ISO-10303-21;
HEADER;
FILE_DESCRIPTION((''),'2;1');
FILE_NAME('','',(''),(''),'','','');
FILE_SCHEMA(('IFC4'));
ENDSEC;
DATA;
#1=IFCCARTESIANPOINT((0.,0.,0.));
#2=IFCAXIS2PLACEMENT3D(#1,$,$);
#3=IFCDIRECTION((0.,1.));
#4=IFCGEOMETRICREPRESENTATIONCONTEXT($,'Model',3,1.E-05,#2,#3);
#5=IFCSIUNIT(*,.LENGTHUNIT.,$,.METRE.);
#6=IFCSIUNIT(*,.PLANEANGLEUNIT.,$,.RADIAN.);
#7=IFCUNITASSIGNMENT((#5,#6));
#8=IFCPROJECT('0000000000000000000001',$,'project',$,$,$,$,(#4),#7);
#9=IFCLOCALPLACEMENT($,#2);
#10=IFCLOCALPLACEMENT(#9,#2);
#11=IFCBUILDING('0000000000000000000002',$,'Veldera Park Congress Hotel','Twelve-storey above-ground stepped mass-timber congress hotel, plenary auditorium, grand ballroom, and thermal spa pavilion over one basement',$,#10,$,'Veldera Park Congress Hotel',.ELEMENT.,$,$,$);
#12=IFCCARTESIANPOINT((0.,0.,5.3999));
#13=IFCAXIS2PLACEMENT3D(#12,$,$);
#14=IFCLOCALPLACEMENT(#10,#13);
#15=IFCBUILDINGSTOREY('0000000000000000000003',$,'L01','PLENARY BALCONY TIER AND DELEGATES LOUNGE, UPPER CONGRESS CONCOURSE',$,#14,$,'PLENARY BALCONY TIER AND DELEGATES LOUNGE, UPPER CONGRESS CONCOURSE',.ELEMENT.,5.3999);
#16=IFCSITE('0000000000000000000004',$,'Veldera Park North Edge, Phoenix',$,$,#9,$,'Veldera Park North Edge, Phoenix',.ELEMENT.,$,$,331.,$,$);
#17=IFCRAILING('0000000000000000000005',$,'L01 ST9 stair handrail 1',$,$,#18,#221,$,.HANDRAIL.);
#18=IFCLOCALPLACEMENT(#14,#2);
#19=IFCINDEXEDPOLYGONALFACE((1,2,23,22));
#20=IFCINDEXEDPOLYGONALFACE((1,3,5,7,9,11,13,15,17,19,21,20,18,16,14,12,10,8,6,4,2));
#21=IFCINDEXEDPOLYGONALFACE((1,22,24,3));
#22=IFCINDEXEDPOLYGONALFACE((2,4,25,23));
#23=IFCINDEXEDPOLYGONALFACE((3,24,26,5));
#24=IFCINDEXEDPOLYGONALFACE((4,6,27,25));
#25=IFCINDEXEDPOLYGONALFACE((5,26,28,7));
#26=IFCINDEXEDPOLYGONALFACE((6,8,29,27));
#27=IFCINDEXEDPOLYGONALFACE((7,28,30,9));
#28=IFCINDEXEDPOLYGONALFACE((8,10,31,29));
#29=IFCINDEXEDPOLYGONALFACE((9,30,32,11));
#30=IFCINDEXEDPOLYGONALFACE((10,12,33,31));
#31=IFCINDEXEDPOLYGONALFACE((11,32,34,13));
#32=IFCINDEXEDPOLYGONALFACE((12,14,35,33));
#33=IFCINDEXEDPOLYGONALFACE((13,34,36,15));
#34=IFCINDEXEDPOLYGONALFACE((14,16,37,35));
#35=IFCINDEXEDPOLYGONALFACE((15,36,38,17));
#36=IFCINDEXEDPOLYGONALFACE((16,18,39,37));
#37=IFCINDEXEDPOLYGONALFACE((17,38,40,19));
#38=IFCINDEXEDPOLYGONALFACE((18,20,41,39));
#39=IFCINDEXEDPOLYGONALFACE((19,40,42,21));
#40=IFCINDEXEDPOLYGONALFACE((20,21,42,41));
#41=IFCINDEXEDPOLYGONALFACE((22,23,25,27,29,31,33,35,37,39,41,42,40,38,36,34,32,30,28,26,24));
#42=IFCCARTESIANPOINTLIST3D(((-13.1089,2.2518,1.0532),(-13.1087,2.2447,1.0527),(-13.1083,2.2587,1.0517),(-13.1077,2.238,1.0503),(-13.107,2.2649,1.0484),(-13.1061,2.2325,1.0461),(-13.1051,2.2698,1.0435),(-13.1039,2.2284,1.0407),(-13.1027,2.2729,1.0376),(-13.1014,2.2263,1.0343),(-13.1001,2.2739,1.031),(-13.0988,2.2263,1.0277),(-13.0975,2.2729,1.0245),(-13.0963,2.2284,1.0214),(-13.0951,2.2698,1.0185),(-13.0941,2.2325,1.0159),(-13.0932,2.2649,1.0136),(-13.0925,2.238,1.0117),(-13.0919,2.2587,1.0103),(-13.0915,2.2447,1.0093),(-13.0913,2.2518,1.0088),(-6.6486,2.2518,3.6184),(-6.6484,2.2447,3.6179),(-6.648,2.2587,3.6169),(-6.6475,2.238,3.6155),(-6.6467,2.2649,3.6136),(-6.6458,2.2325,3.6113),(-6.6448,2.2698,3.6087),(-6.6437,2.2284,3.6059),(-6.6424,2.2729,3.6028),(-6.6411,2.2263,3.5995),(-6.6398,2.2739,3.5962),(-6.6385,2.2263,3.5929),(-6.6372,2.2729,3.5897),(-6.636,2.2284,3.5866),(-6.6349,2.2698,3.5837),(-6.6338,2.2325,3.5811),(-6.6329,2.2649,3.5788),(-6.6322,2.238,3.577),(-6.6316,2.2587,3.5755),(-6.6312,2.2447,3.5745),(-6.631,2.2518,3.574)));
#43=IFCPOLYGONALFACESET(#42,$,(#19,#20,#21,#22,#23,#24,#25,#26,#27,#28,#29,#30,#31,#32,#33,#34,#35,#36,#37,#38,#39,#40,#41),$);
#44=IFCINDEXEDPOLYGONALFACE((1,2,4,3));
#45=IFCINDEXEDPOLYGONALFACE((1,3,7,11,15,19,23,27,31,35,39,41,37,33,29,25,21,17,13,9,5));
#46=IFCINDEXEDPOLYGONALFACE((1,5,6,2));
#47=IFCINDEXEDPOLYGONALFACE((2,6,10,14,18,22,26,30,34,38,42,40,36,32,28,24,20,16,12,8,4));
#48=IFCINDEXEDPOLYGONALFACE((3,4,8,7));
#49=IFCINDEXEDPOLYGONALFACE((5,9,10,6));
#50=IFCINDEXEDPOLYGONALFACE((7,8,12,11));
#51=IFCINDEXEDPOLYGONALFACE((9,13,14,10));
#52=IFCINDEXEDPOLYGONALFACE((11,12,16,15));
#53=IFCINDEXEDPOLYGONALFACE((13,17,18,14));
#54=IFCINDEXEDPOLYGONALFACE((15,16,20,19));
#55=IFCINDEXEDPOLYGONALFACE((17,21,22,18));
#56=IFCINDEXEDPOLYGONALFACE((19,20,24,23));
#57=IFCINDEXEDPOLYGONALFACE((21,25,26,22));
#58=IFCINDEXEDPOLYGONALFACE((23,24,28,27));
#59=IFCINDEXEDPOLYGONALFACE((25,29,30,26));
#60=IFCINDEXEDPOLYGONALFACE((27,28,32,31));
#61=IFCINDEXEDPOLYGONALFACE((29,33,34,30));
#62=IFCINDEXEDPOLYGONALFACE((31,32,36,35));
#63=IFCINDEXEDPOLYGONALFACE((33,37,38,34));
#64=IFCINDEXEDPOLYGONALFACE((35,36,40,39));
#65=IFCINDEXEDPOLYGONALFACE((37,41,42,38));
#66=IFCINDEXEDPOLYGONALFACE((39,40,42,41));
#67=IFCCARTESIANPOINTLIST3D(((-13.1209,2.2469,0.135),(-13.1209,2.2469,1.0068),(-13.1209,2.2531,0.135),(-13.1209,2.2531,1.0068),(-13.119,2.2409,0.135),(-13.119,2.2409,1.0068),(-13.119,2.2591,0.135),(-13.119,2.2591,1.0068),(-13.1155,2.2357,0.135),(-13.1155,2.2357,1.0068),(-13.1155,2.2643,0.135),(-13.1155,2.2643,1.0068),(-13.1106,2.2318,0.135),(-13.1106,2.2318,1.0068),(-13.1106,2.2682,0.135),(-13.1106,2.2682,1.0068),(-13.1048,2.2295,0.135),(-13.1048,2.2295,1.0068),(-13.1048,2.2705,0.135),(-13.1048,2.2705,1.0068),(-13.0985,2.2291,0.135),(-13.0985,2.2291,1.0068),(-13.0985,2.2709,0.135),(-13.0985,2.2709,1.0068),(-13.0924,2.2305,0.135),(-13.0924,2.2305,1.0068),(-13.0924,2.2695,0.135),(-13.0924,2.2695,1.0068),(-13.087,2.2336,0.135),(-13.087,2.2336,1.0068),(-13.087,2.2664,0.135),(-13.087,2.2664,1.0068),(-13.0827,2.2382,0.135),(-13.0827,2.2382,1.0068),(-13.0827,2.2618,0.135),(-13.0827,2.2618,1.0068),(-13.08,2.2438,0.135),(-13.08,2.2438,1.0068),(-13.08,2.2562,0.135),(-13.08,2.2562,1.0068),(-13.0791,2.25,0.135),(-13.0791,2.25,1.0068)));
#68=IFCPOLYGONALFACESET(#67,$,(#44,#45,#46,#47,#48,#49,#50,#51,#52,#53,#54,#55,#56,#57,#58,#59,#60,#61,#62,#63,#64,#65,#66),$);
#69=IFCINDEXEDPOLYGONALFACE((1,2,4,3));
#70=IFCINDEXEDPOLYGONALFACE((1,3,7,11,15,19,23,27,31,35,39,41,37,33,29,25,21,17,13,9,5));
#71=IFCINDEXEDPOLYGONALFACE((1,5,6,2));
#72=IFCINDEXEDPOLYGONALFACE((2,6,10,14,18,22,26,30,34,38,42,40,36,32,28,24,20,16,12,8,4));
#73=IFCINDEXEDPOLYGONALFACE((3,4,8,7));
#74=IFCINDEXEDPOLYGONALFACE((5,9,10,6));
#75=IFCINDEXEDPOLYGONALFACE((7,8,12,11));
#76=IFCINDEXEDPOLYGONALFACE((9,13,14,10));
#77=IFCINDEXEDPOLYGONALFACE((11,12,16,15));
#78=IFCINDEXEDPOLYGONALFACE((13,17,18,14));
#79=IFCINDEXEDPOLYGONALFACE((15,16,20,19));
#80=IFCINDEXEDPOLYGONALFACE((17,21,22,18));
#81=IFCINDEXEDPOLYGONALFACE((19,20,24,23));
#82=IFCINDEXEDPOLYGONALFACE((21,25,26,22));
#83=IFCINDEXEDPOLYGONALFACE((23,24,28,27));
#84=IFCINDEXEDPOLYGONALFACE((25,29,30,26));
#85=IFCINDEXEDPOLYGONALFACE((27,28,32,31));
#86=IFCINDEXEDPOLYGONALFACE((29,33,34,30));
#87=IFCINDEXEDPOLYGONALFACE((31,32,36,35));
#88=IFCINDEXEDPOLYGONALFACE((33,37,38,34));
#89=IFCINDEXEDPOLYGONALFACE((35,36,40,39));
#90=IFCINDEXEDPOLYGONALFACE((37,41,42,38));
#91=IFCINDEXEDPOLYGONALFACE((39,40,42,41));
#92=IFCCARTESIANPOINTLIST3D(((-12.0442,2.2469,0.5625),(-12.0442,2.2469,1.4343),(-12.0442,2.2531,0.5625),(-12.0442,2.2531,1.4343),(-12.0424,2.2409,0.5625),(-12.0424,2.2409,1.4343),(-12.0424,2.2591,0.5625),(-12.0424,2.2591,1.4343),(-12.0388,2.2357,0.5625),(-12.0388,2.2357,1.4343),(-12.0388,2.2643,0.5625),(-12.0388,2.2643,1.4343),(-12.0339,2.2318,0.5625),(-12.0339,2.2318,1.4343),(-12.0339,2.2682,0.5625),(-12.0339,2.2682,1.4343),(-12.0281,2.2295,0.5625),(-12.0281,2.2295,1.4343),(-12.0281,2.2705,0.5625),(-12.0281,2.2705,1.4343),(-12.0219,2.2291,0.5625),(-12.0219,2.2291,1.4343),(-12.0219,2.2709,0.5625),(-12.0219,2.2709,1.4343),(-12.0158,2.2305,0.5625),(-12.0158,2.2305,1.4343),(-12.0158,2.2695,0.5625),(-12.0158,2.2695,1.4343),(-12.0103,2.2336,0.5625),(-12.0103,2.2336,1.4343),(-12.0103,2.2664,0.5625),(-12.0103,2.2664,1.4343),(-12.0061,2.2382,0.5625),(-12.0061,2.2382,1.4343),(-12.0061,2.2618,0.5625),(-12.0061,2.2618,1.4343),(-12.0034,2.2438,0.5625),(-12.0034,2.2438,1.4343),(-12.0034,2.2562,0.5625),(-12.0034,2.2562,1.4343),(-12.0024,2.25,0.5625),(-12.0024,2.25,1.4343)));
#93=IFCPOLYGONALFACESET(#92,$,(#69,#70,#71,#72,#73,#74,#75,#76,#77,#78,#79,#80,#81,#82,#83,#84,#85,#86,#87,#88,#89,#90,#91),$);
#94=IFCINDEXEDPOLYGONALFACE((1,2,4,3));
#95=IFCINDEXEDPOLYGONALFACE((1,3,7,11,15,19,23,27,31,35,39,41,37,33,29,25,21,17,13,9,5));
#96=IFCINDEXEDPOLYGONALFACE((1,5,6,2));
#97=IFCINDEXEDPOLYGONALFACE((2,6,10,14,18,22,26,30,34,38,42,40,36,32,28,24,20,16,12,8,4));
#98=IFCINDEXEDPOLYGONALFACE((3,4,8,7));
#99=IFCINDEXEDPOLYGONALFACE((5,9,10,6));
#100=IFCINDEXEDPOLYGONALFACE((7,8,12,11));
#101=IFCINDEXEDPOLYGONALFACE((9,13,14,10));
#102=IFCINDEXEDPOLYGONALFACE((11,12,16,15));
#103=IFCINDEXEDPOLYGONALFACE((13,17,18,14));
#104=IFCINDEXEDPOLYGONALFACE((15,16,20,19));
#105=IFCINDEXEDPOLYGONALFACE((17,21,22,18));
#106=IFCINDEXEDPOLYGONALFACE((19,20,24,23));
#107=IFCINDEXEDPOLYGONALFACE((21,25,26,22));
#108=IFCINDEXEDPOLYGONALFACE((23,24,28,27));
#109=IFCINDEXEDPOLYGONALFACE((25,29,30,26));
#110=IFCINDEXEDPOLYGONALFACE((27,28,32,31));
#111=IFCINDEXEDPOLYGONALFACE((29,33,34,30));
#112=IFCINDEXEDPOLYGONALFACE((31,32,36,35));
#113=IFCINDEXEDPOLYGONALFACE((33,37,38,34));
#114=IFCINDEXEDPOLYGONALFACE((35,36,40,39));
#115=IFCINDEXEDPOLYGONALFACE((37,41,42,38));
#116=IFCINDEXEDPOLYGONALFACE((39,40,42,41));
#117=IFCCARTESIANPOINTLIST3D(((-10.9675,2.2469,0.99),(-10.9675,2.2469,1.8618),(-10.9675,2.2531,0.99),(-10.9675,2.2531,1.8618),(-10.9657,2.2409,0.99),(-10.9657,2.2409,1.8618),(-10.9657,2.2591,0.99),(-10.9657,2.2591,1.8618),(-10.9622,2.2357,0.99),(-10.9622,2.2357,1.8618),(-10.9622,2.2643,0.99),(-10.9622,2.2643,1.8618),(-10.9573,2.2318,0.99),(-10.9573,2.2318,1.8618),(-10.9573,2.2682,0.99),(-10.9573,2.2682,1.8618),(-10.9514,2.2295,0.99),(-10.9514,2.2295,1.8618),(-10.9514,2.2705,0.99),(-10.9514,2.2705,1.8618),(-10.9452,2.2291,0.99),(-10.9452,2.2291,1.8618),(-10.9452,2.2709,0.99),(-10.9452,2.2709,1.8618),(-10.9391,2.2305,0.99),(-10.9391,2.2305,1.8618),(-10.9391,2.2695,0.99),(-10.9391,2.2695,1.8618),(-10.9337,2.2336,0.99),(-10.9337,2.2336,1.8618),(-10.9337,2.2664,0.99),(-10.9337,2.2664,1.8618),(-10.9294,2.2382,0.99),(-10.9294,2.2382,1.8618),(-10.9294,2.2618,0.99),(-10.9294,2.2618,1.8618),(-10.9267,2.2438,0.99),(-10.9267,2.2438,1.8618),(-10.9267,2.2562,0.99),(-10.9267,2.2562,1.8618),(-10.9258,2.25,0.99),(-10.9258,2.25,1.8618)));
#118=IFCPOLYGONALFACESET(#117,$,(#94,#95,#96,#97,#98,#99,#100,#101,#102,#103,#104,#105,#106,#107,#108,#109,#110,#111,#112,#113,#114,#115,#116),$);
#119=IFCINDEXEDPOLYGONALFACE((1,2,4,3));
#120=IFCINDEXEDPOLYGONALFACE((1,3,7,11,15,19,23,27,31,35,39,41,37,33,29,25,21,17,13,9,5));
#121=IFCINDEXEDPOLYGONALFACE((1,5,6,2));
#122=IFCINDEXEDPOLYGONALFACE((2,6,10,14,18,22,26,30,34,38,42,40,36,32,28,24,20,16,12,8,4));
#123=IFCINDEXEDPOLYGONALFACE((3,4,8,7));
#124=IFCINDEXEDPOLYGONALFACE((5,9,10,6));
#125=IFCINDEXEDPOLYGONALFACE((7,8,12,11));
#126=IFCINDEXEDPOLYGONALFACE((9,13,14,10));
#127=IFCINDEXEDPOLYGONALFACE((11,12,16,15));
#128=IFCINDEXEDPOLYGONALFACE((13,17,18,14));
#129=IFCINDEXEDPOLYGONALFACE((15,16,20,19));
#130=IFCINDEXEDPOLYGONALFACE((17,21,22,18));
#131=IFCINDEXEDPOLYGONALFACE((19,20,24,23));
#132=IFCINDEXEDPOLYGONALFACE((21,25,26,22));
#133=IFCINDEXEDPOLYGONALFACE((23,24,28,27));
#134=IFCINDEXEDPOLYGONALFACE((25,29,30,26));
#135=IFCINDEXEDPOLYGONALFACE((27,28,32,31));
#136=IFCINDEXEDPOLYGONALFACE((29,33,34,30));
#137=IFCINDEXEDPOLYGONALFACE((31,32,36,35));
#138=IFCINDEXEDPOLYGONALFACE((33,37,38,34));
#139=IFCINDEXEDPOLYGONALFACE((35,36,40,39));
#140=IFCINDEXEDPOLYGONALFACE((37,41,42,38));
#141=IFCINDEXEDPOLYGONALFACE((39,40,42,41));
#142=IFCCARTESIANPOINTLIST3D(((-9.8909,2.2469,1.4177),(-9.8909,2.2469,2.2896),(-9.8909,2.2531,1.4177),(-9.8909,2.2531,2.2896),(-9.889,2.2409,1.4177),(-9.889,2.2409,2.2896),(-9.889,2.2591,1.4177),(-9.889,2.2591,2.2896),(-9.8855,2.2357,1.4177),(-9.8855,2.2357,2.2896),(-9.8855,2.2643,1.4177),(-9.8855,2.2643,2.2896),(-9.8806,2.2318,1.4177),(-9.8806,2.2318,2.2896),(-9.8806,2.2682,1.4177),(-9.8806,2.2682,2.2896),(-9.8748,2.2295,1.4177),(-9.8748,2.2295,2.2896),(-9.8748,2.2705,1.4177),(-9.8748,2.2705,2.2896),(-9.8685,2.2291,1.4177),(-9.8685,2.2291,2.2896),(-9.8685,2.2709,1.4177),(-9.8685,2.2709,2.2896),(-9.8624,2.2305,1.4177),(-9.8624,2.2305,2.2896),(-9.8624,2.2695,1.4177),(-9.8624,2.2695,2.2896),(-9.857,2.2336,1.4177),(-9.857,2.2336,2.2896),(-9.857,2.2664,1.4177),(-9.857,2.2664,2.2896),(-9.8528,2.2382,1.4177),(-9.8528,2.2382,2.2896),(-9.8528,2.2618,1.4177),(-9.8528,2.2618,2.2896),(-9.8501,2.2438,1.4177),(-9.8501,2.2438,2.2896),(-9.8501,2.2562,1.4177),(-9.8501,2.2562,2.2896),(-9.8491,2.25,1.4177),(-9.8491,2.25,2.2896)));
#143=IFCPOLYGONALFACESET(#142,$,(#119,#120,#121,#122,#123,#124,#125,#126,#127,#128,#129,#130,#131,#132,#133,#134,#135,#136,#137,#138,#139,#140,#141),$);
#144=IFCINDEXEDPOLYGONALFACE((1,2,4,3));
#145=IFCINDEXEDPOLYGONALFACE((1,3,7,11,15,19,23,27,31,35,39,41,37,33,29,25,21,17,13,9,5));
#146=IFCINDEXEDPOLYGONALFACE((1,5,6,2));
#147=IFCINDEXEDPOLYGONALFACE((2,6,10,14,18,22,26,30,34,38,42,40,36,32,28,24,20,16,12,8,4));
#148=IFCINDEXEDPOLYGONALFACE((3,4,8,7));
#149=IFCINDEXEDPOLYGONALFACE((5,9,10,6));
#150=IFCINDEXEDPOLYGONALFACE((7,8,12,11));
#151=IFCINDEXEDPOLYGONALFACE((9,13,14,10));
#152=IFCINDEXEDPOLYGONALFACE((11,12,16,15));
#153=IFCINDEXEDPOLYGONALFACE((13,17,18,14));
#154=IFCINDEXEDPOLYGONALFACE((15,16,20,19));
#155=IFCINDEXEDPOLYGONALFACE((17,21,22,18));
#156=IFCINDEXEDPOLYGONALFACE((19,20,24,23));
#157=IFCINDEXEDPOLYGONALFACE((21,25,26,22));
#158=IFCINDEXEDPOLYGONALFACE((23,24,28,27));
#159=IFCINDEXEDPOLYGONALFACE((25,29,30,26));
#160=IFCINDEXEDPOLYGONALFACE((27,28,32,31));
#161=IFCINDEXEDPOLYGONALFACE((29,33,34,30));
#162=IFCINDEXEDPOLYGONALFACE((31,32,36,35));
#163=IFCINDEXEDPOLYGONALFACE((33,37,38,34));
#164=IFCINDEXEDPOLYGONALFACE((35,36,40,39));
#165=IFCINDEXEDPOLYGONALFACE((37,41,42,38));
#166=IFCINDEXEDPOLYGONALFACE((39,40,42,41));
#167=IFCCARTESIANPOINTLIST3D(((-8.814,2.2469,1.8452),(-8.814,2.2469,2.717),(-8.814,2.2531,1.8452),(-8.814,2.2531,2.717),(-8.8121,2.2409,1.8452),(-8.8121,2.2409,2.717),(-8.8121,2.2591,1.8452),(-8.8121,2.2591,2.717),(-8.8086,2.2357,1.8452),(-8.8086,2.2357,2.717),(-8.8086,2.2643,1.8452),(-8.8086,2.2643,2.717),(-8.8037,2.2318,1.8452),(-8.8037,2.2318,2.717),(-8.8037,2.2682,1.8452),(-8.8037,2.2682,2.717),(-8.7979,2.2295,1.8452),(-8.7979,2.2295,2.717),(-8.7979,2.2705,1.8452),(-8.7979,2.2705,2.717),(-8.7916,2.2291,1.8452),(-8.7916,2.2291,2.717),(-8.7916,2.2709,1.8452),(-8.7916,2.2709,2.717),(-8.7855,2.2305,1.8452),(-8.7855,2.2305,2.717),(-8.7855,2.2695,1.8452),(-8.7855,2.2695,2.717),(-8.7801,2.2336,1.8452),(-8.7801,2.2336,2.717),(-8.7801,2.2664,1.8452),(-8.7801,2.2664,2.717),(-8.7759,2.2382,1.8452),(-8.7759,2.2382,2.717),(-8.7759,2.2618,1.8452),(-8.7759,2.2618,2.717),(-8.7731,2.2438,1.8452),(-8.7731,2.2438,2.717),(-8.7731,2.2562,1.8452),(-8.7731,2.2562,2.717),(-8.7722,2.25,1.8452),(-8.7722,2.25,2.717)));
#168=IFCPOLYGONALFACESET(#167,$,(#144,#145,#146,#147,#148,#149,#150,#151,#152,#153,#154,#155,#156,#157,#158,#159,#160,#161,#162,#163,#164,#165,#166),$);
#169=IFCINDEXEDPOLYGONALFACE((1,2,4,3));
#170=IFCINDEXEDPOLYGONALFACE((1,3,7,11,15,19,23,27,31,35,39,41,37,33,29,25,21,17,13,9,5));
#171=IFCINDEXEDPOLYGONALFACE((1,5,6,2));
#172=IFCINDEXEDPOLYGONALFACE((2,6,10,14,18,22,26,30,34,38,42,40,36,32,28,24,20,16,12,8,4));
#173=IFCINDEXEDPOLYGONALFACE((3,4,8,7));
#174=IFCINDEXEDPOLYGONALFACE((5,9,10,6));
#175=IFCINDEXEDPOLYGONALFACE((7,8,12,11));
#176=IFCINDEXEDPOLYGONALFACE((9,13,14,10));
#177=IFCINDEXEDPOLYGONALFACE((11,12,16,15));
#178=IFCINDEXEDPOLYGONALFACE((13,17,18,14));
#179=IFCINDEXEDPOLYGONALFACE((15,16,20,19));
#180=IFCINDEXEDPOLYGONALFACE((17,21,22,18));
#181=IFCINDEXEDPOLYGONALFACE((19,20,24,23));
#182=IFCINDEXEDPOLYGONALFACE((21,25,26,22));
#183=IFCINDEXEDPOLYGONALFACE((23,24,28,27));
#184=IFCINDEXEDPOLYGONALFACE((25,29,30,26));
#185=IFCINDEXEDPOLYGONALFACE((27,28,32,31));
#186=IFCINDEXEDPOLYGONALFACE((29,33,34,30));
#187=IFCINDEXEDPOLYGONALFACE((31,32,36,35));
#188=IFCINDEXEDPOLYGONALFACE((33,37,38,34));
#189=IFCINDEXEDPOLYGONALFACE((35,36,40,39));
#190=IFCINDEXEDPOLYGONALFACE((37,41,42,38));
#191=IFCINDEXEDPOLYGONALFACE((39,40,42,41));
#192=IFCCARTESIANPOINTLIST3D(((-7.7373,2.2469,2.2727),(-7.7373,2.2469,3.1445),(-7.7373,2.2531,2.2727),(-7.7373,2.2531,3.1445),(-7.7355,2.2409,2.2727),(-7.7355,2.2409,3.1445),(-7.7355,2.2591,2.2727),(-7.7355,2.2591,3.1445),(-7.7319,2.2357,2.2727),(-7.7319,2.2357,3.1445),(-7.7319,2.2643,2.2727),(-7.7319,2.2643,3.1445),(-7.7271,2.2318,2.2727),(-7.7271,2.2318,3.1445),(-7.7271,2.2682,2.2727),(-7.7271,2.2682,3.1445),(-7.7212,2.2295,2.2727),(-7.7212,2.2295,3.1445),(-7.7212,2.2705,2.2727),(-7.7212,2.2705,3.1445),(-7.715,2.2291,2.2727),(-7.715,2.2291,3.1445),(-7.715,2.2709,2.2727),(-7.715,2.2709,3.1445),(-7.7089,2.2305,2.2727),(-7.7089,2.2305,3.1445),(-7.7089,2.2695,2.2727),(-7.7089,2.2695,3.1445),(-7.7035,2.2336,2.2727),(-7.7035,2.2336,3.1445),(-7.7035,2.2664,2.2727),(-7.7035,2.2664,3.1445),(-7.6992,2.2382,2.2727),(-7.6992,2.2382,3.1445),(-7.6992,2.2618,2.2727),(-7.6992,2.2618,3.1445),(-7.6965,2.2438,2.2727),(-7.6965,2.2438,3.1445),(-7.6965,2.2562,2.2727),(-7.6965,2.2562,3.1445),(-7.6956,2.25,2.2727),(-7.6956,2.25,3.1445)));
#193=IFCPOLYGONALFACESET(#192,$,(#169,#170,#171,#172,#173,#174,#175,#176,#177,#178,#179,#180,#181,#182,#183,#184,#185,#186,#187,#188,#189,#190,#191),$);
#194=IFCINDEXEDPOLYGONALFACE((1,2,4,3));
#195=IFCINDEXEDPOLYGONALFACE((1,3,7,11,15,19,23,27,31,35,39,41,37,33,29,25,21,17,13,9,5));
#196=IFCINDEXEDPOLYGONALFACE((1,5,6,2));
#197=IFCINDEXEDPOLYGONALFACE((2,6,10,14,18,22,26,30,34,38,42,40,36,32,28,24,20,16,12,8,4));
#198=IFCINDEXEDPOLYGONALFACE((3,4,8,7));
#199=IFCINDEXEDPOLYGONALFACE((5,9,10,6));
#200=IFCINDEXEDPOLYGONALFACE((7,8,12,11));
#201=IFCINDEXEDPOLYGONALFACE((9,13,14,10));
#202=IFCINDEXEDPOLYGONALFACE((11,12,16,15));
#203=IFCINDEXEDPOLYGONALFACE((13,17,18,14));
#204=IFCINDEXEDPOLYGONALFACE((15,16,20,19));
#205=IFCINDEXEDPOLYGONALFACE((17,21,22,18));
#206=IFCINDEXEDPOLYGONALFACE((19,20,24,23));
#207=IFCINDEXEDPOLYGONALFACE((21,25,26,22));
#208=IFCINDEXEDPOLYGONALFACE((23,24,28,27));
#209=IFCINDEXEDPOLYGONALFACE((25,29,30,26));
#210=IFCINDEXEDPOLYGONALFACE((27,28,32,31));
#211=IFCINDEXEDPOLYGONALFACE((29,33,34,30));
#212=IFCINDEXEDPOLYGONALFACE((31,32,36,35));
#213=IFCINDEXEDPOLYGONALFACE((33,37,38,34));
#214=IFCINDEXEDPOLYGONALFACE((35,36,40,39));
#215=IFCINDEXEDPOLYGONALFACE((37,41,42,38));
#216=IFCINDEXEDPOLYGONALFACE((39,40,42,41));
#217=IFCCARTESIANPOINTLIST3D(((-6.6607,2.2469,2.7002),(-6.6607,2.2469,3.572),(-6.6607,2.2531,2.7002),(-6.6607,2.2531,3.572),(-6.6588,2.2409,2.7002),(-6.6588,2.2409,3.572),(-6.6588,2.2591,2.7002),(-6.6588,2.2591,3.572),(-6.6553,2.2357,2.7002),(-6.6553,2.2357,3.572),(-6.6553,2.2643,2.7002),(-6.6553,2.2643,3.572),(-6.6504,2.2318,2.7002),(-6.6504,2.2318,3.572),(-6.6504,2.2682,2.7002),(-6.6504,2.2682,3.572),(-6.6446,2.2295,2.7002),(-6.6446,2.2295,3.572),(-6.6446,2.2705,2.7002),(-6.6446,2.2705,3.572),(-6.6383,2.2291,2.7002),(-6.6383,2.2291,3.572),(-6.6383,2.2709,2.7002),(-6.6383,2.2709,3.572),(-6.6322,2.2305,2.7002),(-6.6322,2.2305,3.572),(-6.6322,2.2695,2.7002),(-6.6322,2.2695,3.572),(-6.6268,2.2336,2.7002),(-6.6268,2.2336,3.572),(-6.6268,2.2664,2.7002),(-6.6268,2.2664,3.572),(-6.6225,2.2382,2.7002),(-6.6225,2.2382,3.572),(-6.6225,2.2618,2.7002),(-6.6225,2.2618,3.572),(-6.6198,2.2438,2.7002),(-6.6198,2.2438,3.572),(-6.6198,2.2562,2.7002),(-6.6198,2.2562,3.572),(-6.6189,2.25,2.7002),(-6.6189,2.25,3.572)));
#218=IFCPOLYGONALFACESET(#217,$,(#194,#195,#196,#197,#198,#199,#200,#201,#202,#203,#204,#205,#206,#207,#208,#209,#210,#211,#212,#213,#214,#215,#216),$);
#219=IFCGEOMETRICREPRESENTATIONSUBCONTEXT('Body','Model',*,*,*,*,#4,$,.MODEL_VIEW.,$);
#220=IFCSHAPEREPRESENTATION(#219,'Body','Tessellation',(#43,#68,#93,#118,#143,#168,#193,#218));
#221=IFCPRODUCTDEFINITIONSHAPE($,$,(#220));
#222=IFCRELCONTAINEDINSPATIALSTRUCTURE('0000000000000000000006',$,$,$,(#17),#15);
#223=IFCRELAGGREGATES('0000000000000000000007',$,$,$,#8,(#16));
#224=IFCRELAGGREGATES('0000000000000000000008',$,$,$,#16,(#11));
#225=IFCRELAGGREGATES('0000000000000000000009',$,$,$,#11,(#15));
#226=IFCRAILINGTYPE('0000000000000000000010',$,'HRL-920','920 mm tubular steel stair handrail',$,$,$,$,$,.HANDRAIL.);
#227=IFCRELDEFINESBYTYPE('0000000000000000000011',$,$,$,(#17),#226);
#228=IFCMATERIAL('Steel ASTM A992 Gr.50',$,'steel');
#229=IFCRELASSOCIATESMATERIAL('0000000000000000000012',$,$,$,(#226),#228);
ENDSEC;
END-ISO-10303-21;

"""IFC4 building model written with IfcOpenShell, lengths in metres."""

from ifc_helpers import new_model, si_unit, direction, frame, origin, origin_2d, place, context, subcontext, project, spatial, circle, extrude, material, type_object, element, save


model = new_model("IFC4")

# Units and contexts
model_context = context("Model", 3, precision=1e-05, world=origin(), true_north=direction((0.0, 1.0)))
body_context = subcontext(model_context, "Body", "Model", "MODEL_VIEW")
ifc_project = project(units=[si_unit("LENGTHUNIT", "METRE"), si_unit("PLANEANGLEUNIT", "RADIAN")], contexts=[model_context])

# Site, building, storey
site_placement = place(None, origin())
site = spatial("IfcSite", under=ifc_project, at=site_placement, Name="Veldera Park North Edge, Phoenix", LongName="Veldera Park North Edge, Phoenix", CompositionType="ELEMENT", RefElevation=331.0)
building_placement = place(site_placement, origin())
building = spatial("IfcBuilding", under=site, at=building_placement, Name="Veldera Park Congress Hotel", Description="Twelve-storey above-ground stepped mass-timber congress hotel, plenary auditorium, grand ballroom, and thermal spa pavilion over one basement", LongName="Veldera Park Congress Hotel", CompositionType="ELEMENT")
storey_placement = place(building_placement, frame((0.0, 0.0, 5.3999)))
storey = spatial("IfcBuildingStorey", under=building, at=storey_placement, Name="L01", Description="PLENARY BALCONY TIER AND DELEGATES LOUNGE, UPPER CONGRESS CONCOURSE", LongName="PLENARY BALCONY TIER AND DELEGATES LOUNGE, UPPER CONGRESS CONCOURSE", CompositionType="ELEMENT", Elevation=5.3999)

# Shared definitions
ifc_material_1 = material(Name="Steel ASTM A992 Gr.50", Category="steel")

# Railing
railing_type_1 = type_object("IfcRailingType", Name="HRL-920", Description="920 mm tubular steel stair handrail", PredefinedType="HANDRAIL", material=ifc_material_1)
railing_1_placement = place(storey_placement, frame((-13.1001, 2.25, 0.135)))
element("IfcRailing", 1, at=railing_1_placement, inside=storey, type_object=railing_type_1, Name="L01 ST9 stair handrail 1", PredefinedType="HANDRAIL", context=body_context, shape_type="SweptSolid", body=[
    extrude(circle(Radius=0.0239, at=origin_2d()), frame((0.0, 0.0, 0.896), z_axis=(0.929411, 0.0, 0.369046), x_axis=(0.0, 1.0, 0.0)), (0.0, 0.0, 1.0), 6.9509),
    extrude(circle(Radius=0.021, at=origin_2d()), origin(), (0.0, 0.0, 1.0), 0.8718),
    extrude(circle(Radius=0.021, at=origin_2d()), frame((1.0767, 0.0, 0.4275)), (0.0, 0.0, 1.0), 0.8718),
    extrude(circle(Radius=0.021, at=origin_2d()), frame((2.1533, 0.0, 0.855)), (0.0, 0.0, 1.0), 0.8718),
    extrude(circle(Radius=0.021, at=origin_2d()), frame((3.23, 0.0, 1.2827)), (0.0, 0.0, 1.0), 0.8718),
    extrude(circle(Radius=0.021, at=origin_2d()), frame((4.3069, 0.0, 1.7102)), (0.0, 0.0, 1.0), 0.8718),
    extrude(circle(Radius=0.021, at=origin_2d()), frame((5.3835, 0.0, 2.1377)), (0.0, 0.0, 1.0), 0.8718),
    extrude(circle(Radius=0.021, at=origin_2d()), frame((6.4602, 0.0, 2.5652)), (0.0, 0.0, 1.0), 0.8718),
])

save(model, "model.ifc")
